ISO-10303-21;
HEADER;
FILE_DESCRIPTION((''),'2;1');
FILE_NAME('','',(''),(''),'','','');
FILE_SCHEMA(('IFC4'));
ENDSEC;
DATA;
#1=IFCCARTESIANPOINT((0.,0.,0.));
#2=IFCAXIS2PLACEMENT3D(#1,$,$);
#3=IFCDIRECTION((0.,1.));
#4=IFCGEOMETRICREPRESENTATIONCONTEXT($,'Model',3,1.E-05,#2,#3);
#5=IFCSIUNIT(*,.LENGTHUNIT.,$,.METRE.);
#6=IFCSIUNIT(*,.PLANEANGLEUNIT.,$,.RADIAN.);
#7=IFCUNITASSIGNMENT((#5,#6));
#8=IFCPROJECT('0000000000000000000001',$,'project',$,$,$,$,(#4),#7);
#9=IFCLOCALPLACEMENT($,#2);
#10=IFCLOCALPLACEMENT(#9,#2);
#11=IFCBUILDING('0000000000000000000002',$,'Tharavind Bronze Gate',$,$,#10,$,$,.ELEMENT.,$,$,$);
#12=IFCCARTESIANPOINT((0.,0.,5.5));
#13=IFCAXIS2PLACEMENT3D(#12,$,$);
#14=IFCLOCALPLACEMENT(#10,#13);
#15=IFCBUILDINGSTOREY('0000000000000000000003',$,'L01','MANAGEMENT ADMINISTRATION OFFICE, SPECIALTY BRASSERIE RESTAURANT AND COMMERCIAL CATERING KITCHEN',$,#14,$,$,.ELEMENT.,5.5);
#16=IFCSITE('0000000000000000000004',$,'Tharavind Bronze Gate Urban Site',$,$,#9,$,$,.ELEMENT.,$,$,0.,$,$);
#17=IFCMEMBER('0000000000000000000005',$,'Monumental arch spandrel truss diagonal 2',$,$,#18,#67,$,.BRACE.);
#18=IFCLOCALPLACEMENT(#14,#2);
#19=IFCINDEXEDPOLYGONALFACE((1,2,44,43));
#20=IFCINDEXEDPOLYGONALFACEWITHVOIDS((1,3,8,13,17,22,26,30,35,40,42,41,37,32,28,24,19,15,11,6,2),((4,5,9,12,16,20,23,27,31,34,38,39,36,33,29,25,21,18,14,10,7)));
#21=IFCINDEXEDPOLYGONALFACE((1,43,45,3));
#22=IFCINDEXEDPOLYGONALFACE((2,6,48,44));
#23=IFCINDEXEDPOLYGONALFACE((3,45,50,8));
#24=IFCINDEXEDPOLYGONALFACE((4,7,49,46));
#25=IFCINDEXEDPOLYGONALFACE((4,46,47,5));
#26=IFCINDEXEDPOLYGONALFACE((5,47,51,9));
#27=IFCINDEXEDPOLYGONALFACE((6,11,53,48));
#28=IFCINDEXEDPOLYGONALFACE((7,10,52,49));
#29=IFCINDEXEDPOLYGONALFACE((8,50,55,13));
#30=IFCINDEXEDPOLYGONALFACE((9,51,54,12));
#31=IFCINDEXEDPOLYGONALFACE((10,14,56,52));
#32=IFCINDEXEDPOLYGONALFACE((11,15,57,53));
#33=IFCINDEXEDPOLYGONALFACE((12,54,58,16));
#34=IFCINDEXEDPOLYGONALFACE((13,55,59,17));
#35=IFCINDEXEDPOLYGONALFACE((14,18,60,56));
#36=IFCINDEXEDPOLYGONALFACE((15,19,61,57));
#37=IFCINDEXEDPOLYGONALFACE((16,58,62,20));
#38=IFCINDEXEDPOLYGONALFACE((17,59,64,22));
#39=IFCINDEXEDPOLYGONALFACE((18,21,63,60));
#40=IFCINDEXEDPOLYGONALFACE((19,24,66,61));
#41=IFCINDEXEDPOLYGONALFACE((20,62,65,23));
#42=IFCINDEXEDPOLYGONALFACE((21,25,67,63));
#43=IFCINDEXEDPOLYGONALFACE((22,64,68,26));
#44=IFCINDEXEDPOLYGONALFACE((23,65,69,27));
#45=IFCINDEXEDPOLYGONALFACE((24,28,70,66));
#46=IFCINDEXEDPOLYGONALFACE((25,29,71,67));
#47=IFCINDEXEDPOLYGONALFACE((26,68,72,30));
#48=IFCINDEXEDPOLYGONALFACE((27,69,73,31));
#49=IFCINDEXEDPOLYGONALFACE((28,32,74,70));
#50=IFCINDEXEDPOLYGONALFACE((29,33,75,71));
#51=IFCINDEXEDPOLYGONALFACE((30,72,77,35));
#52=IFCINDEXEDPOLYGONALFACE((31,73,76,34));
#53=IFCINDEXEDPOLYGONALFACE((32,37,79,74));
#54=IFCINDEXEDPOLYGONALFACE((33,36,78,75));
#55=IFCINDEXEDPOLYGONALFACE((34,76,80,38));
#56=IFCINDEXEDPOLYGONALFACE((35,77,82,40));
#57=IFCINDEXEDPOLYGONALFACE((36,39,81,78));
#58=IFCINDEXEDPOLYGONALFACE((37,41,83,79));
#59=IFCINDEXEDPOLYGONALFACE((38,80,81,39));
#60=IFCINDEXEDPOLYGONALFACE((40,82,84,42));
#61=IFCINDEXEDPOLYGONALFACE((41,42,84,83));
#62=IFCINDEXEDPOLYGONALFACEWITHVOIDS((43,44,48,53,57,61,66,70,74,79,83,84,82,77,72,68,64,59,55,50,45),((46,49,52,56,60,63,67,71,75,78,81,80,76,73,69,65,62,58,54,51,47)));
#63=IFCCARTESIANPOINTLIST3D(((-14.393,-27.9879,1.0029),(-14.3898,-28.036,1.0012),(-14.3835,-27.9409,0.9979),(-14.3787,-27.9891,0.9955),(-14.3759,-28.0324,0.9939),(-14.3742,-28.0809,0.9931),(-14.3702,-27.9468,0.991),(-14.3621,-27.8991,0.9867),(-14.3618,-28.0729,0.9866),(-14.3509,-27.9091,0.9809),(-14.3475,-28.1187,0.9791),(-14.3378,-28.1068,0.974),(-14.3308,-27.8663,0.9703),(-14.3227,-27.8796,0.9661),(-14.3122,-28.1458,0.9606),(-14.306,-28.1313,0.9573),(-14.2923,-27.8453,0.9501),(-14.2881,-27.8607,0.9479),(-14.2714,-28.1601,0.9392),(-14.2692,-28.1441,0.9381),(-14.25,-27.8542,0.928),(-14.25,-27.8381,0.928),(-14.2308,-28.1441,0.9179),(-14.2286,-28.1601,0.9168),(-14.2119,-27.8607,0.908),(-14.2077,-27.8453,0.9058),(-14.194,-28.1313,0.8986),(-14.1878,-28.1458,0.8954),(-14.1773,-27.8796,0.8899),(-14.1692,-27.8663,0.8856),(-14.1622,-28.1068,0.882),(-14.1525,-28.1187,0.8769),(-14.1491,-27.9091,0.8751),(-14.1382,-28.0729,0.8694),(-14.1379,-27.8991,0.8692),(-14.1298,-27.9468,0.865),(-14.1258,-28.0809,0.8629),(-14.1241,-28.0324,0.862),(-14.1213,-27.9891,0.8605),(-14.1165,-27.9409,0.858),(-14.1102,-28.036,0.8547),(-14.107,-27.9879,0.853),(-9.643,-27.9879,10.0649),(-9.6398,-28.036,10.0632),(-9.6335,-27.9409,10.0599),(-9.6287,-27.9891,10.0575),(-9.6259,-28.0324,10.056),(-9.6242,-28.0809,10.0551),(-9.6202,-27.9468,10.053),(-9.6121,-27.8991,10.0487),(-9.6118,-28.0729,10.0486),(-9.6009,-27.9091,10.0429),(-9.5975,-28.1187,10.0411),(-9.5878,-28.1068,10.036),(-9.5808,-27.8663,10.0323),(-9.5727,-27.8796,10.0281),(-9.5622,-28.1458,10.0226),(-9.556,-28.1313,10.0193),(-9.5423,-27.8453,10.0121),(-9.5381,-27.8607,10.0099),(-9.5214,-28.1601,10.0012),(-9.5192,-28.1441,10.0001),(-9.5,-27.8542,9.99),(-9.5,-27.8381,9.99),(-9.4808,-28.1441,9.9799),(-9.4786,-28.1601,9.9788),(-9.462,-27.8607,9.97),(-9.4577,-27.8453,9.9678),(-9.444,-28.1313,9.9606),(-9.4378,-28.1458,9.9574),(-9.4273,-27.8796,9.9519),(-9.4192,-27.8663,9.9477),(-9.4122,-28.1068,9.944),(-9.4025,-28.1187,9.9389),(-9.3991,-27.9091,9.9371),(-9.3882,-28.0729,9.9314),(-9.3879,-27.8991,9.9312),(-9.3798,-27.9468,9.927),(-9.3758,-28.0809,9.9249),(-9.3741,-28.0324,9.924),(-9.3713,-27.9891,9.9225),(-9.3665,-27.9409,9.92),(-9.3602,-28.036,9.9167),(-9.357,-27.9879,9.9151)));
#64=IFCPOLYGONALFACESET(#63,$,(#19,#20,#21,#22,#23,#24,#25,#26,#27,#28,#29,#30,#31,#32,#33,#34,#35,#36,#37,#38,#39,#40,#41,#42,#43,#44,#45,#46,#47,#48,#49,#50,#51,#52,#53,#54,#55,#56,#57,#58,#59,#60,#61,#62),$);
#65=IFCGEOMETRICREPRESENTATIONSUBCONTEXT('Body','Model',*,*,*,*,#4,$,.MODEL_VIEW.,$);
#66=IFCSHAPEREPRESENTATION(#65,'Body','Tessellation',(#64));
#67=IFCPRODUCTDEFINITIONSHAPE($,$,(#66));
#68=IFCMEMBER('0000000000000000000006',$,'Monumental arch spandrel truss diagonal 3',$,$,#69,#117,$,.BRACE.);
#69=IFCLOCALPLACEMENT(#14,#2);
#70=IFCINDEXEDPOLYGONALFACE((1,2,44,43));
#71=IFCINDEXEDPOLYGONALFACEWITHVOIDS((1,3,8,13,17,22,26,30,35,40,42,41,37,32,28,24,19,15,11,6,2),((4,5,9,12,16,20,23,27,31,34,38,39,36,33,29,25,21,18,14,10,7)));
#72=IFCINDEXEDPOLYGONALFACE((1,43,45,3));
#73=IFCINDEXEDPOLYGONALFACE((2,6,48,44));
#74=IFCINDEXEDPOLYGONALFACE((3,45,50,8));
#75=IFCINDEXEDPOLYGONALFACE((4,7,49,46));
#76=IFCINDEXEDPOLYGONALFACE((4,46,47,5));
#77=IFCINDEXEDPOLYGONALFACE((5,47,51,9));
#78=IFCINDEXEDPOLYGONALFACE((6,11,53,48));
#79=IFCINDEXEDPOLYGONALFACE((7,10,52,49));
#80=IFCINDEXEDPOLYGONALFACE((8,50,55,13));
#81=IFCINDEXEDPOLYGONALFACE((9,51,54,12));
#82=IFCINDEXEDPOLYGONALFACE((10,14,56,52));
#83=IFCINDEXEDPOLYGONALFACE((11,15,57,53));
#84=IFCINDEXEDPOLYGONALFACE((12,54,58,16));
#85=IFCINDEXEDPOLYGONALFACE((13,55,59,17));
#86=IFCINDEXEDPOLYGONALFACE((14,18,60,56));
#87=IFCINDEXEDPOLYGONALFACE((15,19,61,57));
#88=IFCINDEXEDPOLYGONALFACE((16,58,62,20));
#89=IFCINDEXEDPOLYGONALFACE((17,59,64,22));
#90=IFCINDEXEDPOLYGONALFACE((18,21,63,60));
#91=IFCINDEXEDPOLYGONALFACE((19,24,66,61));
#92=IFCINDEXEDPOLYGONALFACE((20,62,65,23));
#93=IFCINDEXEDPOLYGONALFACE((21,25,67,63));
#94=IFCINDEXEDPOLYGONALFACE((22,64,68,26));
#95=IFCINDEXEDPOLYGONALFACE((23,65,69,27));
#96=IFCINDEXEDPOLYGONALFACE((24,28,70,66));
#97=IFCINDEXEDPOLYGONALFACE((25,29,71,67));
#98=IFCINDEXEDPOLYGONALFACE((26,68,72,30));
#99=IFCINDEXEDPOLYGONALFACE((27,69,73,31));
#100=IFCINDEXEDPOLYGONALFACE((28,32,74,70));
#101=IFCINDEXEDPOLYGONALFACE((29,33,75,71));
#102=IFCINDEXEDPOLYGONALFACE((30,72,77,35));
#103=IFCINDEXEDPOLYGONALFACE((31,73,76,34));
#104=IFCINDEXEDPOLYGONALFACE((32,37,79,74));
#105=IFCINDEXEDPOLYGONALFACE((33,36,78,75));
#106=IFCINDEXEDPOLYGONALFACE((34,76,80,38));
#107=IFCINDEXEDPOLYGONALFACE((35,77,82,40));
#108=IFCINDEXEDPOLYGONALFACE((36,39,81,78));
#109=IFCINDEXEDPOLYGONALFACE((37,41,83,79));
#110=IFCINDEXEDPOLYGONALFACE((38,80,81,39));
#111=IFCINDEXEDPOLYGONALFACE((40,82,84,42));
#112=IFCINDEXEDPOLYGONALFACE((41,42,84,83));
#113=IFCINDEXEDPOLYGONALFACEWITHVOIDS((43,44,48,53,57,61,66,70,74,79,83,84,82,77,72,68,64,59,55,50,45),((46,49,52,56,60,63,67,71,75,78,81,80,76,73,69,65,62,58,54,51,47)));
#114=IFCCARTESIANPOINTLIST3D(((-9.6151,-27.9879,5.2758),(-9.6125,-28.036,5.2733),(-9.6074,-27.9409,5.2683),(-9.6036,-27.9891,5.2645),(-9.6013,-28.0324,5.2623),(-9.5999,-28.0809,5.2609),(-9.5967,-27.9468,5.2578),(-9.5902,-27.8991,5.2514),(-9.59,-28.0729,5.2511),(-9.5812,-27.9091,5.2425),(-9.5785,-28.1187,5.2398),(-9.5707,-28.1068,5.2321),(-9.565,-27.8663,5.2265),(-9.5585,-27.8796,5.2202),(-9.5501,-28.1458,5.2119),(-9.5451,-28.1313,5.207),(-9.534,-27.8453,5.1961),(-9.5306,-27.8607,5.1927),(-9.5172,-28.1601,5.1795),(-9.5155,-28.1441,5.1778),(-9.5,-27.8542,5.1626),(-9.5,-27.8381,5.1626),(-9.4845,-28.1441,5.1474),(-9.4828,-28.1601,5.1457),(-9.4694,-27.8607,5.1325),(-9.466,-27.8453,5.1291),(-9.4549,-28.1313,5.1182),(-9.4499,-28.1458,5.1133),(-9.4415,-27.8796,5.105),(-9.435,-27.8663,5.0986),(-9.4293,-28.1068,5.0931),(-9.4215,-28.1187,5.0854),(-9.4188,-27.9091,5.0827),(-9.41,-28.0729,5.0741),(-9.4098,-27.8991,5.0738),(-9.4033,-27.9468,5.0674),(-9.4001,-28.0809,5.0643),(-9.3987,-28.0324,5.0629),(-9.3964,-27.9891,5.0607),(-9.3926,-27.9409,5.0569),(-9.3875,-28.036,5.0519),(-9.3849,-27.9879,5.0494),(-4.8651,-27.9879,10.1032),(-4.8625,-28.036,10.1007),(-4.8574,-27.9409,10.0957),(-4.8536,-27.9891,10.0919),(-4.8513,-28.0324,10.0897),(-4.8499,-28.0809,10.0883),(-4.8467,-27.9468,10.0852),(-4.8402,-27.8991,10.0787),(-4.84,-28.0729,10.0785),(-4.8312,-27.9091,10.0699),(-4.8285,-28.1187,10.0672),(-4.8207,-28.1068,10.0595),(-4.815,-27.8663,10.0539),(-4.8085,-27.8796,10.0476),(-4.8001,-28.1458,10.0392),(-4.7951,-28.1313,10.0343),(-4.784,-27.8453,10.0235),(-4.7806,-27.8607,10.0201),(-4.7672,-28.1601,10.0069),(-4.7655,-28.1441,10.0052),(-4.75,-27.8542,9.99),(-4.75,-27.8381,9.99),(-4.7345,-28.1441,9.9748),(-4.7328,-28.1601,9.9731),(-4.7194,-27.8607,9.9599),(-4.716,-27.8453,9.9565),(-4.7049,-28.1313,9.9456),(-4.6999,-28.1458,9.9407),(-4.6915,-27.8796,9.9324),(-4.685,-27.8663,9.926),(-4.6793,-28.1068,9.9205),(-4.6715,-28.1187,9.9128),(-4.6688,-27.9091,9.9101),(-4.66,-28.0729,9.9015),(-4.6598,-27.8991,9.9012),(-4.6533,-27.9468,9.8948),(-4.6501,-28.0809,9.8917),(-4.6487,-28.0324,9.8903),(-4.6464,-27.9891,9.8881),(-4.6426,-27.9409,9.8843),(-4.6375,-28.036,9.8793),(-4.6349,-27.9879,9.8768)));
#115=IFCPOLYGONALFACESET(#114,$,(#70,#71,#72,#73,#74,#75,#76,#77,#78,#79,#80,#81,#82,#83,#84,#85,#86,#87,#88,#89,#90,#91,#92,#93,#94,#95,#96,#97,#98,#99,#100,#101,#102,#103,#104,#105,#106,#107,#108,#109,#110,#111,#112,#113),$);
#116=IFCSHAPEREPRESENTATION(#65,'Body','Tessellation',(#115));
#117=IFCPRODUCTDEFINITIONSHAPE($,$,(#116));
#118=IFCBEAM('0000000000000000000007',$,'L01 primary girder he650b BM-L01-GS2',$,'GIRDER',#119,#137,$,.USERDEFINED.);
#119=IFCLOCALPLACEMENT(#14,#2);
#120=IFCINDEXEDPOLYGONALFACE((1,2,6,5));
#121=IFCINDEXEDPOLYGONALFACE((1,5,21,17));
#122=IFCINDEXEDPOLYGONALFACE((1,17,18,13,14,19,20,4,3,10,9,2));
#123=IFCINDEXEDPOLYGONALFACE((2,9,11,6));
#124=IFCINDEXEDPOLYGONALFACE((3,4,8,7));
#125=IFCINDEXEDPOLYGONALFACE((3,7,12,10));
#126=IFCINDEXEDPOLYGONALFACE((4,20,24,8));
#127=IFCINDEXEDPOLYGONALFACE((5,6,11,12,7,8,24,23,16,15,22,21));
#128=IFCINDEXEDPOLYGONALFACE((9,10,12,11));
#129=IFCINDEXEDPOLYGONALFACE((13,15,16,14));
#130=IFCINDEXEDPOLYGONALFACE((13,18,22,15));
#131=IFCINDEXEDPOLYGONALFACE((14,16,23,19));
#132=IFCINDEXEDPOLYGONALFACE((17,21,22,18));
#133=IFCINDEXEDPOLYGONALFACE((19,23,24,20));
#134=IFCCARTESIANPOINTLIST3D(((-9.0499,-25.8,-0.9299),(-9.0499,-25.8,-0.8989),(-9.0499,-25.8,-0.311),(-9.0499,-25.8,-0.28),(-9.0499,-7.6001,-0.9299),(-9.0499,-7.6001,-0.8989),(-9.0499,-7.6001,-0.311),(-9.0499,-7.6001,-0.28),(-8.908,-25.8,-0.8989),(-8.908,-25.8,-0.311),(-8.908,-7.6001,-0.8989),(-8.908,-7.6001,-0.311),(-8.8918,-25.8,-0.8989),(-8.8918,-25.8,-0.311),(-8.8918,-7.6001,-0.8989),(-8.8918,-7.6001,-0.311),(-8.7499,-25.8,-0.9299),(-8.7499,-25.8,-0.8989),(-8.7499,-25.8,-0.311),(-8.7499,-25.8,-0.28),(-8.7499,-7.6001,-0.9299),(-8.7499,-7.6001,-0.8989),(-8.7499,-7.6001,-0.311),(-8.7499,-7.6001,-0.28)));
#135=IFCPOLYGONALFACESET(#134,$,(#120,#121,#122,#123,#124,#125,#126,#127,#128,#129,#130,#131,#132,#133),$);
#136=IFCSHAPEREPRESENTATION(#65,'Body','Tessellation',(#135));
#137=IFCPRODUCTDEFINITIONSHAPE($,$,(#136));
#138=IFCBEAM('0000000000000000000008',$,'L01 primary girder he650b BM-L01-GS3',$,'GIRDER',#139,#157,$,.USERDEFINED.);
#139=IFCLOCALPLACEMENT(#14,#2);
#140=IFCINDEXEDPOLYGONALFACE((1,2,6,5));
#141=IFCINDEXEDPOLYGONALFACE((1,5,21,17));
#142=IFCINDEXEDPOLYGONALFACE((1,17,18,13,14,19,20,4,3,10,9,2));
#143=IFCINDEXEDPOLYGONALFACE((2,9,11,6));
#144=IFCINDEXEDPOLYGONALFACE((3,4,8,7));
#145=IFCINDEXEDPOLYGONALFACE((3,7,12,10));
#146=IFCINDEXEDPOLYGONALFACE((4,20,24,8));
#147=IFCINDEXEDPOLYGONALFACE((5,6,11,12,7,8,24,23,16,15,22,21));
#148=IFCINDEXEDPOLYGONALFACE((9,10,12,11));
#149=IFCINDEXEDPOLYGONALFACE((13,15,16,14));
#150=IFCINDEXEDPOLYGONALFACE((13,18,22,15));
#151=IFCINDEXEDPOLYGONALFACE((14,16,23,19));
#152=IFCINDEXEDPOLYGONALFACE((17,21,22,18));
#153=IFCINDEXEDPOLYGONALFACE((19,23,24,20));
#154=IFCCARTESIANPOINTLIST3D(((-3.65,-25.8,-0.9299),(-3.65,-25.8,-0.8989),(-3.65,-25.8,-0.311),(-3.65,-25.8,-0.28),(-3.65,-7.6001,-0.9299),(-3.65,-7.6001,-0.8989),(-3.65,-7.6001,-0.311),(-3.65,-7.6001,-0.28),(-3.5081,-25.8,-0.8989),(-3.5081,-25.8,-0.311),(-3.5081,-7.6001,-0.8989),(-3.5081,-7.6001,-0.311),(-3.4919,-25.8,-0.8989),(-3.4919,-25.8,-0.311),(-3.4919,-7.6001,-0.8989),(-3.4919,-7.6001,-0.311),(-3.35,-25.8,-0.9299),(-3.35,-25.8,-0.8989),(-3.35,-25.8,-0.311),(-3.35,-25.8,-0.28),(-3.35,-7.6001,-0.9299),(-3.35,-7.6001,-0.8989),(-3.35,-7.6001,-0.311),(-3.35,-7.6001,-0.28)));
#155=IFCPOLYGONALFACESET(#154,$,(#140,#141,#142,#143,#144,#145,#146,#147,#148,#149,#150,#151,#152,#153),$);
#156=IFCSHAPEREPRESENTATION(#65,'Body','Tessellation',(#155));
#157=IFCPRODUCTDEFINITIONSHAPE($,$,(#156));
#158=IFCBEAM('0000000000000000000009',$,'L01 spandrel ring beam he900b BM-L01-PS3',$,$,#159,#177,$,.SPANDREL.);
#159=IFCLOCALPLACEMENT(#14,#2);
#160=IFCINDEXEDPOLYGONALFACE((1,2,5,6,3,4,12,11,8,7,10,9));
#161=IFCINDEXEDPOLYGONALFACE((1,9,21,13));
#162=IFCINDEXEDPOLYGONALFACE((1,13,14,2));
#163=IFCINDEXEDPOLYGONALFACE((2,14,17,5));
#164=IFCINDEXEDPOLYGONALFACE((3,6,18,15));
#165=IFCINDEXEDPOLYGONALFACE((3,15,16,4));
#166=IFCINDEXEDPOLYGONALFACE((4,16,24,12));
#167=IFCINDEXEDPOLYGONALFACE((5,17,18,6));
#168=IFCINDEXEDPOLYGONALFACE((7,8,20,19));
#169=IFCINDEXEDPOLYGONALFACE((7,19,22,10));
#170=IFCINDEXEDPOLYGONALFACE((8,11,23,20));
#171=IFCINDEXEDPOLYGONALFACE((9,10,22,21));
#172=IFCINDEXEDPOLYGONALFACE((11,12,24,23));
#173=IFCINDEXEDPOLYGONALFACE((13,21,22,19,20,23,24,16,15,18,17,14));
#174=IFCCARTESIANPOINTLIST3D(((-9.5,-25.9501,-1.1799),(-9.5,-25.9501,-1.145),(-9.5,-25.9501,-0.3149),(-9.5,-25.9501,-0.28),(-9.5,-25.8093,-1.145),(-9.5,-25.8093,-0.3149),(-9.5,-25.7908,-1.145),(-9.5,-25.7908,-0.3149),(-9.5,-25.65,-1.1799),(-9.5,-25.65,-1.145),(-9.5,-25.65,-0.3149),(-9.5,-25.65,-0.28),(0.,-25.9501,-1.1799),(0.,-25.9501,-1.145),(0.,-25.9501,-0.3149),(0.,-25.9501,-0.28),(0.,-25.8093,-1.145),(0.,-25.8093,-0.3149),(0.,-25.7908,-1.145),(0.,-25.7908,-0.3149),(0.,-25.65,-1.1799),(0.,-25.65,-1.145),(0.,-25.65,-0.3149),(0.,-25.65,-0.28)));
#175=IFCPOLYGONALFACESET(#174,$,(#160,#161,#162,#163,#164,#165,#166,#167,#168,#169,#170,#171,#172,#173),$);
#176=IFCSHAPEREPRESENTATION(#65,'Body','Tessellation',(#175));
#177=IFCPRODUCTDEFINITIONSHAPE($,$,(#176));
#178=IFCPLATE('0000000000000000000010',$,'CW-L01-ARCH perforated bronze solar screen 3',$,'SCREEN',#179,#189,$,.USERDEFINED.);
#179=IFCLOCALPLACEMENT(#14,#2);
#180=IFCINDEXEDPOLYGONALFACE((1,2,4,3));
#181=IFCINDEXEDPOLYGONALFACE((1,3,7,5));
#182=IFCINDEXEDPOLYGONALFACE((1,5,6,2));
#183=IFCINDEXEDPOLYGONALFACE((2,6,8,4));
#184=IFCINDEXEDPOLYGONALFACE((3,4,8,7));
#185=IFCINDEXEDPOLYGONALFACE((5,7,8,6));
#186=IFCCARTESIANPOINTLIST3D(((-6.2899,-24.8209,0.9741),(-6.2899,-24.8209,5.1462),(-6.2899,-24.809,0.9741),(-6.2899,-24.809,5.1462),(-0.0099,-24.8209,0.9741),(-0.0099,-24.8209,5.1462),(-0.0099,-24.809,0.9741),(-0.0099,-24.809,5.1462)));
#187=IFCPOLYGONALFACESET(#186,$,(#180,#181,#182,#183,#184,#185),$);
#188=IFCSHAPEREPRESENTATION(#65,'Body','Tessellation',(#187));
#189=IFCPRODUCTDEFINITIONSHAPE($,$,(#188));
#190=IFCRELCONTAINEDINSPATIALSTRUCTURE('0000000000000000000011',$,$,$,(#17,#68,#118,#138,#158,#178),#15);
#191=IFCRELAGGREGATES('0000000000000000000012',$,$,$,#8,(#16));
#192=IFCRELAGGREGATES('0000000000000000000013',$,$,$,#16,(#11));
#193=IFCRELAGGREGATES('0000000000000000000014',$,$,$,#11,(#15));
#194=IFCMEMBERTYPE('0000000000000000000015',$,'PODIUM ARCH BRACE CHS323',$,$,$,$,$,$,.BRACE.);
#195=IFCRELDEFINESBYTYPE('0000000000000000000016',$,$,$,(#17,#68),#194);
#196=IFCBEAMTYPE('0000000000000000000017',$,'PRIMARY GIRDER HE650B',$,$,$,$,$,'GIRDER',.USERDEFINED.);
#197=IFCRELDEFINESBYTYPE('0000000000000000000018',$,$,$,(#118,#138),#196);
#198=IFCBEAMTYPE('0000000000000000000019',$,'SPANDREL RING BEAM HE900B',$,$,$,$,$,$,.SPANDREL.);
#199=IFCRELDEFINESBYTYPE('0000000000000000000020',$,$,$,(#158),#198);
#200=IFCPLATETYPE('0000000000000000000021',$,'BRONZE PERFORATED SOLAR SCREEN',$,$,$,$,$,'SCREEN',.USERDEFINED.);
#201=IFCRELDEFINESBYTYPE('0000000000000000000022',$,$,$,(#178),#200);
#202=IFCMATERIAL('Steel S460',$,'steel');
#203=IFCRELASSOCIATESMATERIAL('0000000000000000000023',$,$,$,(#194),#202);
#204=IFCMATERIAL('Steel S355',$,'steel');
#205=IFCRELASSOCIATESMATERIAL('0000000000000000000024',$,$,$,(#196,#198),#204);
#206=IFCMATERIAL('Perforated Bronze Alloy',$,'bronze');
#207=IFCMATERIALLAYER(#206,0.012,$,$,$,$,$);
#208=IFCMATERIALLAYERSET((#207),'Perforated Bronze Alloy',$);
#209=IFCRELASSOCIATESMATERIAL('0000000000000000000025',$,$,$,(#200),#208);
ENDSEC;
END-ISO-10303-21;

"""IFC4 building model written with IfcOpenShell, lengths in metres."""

from ifc_helpers import new_model, si_unit, direction, frame, origin, origin_2d, place, context, subcontext, project, spatial, rectangle, hollow_circle, i_section, extrude, material, layer, layer_set, material_profile, profile_set, type_object, element, save


model = new_model("IFC4")

# Units and contexts
model_context = context("Model", 3, precision=1e-05, world=origin(), true_north=direction((0.0, 1.0)))
body_context = subcontext(model_context, "Body", "Model", "MODEL_VIEW")
ifc_project = project(units=[si_unit("LENGTHUNIT", "METRE"), si_unit("PLANEANGLEUNIT", "RADIAN")], contexts=[model_context])

# Site, building, storey
site_placement = place(None, origin())
site = spatial("IfcSite", under=ifc_project, at=site_placement, Name="Tharavind Bronze Gate Urban Site", CompositionType="ELEMENT", RefElevation=0.0)
building_placement = place(site_placement, origin())
building = spatial("IfcBuilding", under=site, at=building_placement, Name="Tharavind Bronze Gate", CompositionType="ELEMENT")
storey_placement = place(building_placement, frame((0.0, 0.0, 5.5)))
storey = spatial("IfcBuildingStorey", under=building, at=storey_placement, Name="L01", Description="MANAGEMENT ADMINISTRATION OFFICE, SPECIALTY BRASSERIE RESTAURANT AND COMMERCIAL CATERING KITCHEN", CompositionType="ELEMENT", Elevation=5.5)

# Shared definitions
ifc_material_1 = material(Name="Steel S460", Category="steel")

# Members
ifc_material_profile_1 = material_profile(ifc_material_1, hollow_circle(Radius=0.1619, WallThickness=0.0161, at=origin_2d()), Name="CHS323X16")
ifc_profile_set_1 = profile_set([ifc_material_profile_1], Name="Steel S460")
member_type_1 = type_object("IfcMemberType", Name="PODIUM ARCH BRACE CHS323", PredefinedType="BRACE", material=ifc_profile_set_1)
member_1_placement = place(storey_placement, frame((-14.25, -28.0, 0.928), z_axis=(0.464255, 0.0, 0.885702), x_axis=(0.0, 1.0, 0.0)))
element("IfcMember", 1, at=member_1_placement, inside=storey, type_object=member_type_1, Name="Monumental arch spandrel truss diagonal 2", PredefinedType="BRACE", context=body_context, shape_type="SweptSolid", body=[
    extrude(hollow_circle(Radius=0.1619, WallThickness=0.0161, at=origin_2d()), origin(), (0.0, 0.0, 1.0), 10.2314),
])
member_2_placement = place(storey_placement, frame((-9.5, -28.0, 5.1626), z_axis=(0.70137, 0.0, 0.712797), x_axis=(0.0, 1.0, 0.0)))
element("IfcMember", 2, at=member_2_placement, inside=storey, type_object=member_type_1, Name="Monumental arch spandrel truss diagonal 3", PredefinedType="BRACE", context=body_context, shape_type="SweptSolid", body=[
    extrude(hollow_circle(Radius=0.1619, WallThickness=0.0161, at=origin_2d()), origin(), (0.0, 0.0, 1.0), 6.7725),
])

# Beams
ifc_material_2 = material(Name="Steel S355", Category="steel")
ifc_material_profile_2 = material_profile(ifc_material_2, i_section(OverallWidth=0.3, OverallDepth=0.6499, WebThickness=0.0161, FlangeThickness=0.031, at=origin_2d()), Name="HE650B")
ifc_profile_set_2 = profile_set([ifc_material_profile_2], Name="Steel S355")
beam_type_1 = type_object("IfcBeamType", Name="PRIMARY GIRDER HE650B", ElementType="GIRDER", PredefinedType="USERDEFINED", material=ifc_profile_set_2)
for number, where, z_axis, x_axis, name in (
    (3, (-8.8999, -25.8, -0.605), (0.0, 1.0, 0.0), (-1.0, 0.0, 0.0), "L01 primary girder he650b BM-L01-GS2"),
    (4, (-3.5, -25.8, -0.605), (0.0, 1.0, 0.0), (-1.0, 0.0, 0.0), "L01 primary girder he650b BM-L01-GS3"),
):
    element("IfcBeam", number, at=place(storey_placement, frame(where, z_axis=z_axis, x_axis=x_axis)), inside=storey, type_object=beam_type_1, Name=name, ObjectType="GIRDER", PredefinedType="USERDEFINED", context=body_context, shape_type="SweptSolid", body=[
        extrude(i_section(OverallWidth=0.3, OverallDepth=0.6499, WebThickness=0.0161, FlangeThickness=0.031, at=origin_2d()), origin(), (0.0, 0.0, 1.0), 18.2),
    ])
ifc_material_profile_3 = material_profile(ifc_material_2, i_section(OverallWidth=0.3, OverallDepth=0.8999, WebThickness=0.0186, FlangeThickness=0.0349, at=origin_2d()), Name="HE900B")
ifc_profile_set_3 = profile_set([ifc_material_profile_3], Name="Steel S355")
beam_type_2 = type_object("IfcBeamType", Name="SPANDREL RING BEAM HE900B", PredefinedType="SPANDREL", material=ifc_profile_set_3)
beam_1_placement = place(storey_placement, frame((-9.5, -25.8, -0.73), z_axis=(1.0, 0.0, 0.0), x_axis=(0.0, 1.0, 0.0)))
element("IfcBeam", 5, at=beam_1_placement, inside=storey, type_object=beam_type_2, Name="L01 spandrel ring beam he900b BM-L01-PS3", PredefinedType="SPANDREL", context=body_context, shape_type="SweptSolid", body=[
    extrude(i_section(OverallWidth=0.3, OverallDepth=0.8999, WebThickness=0.0186, FlangeThickness=0.0349, at=origin_2d()), origin(), (0.0, 0.0, 1.0), 9.5),
])

# Plate
ifc_material_3 = material(Name="Perforated Bronze Alloy", Category="bronze")
ifc_layer_1 = layer(ifc_material_3, 0.012)
ifc_layer_set_1 = layer_set([ifc_layer_1], Name="Perforated Bronze Alloy")
plate_type_1 = type_object("IfcPlateType", Name="BRONZE PERFORATED SOLAR SCREEN", ElementType="SCREEN", PredefinedType="USERDEFINED", material=ifc_layer_set_1)
plate_1_placement = place(storey_placement, frame((-3.1499, -24.8149, 0.9741), z_axis=(0.0, 0.0, 1.0), x_axis=(1.0, 0.0, 0.0)))
element("IfcPlate", 6, at=plate_1_placement, inside=storey, type_object=plate_type_1, Name="CW-L01-ARCH perforated bronze solar screen 3", ObjectType="SCREEN", PredefinedType="USERDEFINED", context=body_context, shape_type="SweptSolid", body=[
    extrude(rectangle(XDim=6.28, YDim=0.012, at=origin_2d()), origin(), (0.0, 0.0, 1.0), 4.1721),
])

save(model, "model.ifc")
